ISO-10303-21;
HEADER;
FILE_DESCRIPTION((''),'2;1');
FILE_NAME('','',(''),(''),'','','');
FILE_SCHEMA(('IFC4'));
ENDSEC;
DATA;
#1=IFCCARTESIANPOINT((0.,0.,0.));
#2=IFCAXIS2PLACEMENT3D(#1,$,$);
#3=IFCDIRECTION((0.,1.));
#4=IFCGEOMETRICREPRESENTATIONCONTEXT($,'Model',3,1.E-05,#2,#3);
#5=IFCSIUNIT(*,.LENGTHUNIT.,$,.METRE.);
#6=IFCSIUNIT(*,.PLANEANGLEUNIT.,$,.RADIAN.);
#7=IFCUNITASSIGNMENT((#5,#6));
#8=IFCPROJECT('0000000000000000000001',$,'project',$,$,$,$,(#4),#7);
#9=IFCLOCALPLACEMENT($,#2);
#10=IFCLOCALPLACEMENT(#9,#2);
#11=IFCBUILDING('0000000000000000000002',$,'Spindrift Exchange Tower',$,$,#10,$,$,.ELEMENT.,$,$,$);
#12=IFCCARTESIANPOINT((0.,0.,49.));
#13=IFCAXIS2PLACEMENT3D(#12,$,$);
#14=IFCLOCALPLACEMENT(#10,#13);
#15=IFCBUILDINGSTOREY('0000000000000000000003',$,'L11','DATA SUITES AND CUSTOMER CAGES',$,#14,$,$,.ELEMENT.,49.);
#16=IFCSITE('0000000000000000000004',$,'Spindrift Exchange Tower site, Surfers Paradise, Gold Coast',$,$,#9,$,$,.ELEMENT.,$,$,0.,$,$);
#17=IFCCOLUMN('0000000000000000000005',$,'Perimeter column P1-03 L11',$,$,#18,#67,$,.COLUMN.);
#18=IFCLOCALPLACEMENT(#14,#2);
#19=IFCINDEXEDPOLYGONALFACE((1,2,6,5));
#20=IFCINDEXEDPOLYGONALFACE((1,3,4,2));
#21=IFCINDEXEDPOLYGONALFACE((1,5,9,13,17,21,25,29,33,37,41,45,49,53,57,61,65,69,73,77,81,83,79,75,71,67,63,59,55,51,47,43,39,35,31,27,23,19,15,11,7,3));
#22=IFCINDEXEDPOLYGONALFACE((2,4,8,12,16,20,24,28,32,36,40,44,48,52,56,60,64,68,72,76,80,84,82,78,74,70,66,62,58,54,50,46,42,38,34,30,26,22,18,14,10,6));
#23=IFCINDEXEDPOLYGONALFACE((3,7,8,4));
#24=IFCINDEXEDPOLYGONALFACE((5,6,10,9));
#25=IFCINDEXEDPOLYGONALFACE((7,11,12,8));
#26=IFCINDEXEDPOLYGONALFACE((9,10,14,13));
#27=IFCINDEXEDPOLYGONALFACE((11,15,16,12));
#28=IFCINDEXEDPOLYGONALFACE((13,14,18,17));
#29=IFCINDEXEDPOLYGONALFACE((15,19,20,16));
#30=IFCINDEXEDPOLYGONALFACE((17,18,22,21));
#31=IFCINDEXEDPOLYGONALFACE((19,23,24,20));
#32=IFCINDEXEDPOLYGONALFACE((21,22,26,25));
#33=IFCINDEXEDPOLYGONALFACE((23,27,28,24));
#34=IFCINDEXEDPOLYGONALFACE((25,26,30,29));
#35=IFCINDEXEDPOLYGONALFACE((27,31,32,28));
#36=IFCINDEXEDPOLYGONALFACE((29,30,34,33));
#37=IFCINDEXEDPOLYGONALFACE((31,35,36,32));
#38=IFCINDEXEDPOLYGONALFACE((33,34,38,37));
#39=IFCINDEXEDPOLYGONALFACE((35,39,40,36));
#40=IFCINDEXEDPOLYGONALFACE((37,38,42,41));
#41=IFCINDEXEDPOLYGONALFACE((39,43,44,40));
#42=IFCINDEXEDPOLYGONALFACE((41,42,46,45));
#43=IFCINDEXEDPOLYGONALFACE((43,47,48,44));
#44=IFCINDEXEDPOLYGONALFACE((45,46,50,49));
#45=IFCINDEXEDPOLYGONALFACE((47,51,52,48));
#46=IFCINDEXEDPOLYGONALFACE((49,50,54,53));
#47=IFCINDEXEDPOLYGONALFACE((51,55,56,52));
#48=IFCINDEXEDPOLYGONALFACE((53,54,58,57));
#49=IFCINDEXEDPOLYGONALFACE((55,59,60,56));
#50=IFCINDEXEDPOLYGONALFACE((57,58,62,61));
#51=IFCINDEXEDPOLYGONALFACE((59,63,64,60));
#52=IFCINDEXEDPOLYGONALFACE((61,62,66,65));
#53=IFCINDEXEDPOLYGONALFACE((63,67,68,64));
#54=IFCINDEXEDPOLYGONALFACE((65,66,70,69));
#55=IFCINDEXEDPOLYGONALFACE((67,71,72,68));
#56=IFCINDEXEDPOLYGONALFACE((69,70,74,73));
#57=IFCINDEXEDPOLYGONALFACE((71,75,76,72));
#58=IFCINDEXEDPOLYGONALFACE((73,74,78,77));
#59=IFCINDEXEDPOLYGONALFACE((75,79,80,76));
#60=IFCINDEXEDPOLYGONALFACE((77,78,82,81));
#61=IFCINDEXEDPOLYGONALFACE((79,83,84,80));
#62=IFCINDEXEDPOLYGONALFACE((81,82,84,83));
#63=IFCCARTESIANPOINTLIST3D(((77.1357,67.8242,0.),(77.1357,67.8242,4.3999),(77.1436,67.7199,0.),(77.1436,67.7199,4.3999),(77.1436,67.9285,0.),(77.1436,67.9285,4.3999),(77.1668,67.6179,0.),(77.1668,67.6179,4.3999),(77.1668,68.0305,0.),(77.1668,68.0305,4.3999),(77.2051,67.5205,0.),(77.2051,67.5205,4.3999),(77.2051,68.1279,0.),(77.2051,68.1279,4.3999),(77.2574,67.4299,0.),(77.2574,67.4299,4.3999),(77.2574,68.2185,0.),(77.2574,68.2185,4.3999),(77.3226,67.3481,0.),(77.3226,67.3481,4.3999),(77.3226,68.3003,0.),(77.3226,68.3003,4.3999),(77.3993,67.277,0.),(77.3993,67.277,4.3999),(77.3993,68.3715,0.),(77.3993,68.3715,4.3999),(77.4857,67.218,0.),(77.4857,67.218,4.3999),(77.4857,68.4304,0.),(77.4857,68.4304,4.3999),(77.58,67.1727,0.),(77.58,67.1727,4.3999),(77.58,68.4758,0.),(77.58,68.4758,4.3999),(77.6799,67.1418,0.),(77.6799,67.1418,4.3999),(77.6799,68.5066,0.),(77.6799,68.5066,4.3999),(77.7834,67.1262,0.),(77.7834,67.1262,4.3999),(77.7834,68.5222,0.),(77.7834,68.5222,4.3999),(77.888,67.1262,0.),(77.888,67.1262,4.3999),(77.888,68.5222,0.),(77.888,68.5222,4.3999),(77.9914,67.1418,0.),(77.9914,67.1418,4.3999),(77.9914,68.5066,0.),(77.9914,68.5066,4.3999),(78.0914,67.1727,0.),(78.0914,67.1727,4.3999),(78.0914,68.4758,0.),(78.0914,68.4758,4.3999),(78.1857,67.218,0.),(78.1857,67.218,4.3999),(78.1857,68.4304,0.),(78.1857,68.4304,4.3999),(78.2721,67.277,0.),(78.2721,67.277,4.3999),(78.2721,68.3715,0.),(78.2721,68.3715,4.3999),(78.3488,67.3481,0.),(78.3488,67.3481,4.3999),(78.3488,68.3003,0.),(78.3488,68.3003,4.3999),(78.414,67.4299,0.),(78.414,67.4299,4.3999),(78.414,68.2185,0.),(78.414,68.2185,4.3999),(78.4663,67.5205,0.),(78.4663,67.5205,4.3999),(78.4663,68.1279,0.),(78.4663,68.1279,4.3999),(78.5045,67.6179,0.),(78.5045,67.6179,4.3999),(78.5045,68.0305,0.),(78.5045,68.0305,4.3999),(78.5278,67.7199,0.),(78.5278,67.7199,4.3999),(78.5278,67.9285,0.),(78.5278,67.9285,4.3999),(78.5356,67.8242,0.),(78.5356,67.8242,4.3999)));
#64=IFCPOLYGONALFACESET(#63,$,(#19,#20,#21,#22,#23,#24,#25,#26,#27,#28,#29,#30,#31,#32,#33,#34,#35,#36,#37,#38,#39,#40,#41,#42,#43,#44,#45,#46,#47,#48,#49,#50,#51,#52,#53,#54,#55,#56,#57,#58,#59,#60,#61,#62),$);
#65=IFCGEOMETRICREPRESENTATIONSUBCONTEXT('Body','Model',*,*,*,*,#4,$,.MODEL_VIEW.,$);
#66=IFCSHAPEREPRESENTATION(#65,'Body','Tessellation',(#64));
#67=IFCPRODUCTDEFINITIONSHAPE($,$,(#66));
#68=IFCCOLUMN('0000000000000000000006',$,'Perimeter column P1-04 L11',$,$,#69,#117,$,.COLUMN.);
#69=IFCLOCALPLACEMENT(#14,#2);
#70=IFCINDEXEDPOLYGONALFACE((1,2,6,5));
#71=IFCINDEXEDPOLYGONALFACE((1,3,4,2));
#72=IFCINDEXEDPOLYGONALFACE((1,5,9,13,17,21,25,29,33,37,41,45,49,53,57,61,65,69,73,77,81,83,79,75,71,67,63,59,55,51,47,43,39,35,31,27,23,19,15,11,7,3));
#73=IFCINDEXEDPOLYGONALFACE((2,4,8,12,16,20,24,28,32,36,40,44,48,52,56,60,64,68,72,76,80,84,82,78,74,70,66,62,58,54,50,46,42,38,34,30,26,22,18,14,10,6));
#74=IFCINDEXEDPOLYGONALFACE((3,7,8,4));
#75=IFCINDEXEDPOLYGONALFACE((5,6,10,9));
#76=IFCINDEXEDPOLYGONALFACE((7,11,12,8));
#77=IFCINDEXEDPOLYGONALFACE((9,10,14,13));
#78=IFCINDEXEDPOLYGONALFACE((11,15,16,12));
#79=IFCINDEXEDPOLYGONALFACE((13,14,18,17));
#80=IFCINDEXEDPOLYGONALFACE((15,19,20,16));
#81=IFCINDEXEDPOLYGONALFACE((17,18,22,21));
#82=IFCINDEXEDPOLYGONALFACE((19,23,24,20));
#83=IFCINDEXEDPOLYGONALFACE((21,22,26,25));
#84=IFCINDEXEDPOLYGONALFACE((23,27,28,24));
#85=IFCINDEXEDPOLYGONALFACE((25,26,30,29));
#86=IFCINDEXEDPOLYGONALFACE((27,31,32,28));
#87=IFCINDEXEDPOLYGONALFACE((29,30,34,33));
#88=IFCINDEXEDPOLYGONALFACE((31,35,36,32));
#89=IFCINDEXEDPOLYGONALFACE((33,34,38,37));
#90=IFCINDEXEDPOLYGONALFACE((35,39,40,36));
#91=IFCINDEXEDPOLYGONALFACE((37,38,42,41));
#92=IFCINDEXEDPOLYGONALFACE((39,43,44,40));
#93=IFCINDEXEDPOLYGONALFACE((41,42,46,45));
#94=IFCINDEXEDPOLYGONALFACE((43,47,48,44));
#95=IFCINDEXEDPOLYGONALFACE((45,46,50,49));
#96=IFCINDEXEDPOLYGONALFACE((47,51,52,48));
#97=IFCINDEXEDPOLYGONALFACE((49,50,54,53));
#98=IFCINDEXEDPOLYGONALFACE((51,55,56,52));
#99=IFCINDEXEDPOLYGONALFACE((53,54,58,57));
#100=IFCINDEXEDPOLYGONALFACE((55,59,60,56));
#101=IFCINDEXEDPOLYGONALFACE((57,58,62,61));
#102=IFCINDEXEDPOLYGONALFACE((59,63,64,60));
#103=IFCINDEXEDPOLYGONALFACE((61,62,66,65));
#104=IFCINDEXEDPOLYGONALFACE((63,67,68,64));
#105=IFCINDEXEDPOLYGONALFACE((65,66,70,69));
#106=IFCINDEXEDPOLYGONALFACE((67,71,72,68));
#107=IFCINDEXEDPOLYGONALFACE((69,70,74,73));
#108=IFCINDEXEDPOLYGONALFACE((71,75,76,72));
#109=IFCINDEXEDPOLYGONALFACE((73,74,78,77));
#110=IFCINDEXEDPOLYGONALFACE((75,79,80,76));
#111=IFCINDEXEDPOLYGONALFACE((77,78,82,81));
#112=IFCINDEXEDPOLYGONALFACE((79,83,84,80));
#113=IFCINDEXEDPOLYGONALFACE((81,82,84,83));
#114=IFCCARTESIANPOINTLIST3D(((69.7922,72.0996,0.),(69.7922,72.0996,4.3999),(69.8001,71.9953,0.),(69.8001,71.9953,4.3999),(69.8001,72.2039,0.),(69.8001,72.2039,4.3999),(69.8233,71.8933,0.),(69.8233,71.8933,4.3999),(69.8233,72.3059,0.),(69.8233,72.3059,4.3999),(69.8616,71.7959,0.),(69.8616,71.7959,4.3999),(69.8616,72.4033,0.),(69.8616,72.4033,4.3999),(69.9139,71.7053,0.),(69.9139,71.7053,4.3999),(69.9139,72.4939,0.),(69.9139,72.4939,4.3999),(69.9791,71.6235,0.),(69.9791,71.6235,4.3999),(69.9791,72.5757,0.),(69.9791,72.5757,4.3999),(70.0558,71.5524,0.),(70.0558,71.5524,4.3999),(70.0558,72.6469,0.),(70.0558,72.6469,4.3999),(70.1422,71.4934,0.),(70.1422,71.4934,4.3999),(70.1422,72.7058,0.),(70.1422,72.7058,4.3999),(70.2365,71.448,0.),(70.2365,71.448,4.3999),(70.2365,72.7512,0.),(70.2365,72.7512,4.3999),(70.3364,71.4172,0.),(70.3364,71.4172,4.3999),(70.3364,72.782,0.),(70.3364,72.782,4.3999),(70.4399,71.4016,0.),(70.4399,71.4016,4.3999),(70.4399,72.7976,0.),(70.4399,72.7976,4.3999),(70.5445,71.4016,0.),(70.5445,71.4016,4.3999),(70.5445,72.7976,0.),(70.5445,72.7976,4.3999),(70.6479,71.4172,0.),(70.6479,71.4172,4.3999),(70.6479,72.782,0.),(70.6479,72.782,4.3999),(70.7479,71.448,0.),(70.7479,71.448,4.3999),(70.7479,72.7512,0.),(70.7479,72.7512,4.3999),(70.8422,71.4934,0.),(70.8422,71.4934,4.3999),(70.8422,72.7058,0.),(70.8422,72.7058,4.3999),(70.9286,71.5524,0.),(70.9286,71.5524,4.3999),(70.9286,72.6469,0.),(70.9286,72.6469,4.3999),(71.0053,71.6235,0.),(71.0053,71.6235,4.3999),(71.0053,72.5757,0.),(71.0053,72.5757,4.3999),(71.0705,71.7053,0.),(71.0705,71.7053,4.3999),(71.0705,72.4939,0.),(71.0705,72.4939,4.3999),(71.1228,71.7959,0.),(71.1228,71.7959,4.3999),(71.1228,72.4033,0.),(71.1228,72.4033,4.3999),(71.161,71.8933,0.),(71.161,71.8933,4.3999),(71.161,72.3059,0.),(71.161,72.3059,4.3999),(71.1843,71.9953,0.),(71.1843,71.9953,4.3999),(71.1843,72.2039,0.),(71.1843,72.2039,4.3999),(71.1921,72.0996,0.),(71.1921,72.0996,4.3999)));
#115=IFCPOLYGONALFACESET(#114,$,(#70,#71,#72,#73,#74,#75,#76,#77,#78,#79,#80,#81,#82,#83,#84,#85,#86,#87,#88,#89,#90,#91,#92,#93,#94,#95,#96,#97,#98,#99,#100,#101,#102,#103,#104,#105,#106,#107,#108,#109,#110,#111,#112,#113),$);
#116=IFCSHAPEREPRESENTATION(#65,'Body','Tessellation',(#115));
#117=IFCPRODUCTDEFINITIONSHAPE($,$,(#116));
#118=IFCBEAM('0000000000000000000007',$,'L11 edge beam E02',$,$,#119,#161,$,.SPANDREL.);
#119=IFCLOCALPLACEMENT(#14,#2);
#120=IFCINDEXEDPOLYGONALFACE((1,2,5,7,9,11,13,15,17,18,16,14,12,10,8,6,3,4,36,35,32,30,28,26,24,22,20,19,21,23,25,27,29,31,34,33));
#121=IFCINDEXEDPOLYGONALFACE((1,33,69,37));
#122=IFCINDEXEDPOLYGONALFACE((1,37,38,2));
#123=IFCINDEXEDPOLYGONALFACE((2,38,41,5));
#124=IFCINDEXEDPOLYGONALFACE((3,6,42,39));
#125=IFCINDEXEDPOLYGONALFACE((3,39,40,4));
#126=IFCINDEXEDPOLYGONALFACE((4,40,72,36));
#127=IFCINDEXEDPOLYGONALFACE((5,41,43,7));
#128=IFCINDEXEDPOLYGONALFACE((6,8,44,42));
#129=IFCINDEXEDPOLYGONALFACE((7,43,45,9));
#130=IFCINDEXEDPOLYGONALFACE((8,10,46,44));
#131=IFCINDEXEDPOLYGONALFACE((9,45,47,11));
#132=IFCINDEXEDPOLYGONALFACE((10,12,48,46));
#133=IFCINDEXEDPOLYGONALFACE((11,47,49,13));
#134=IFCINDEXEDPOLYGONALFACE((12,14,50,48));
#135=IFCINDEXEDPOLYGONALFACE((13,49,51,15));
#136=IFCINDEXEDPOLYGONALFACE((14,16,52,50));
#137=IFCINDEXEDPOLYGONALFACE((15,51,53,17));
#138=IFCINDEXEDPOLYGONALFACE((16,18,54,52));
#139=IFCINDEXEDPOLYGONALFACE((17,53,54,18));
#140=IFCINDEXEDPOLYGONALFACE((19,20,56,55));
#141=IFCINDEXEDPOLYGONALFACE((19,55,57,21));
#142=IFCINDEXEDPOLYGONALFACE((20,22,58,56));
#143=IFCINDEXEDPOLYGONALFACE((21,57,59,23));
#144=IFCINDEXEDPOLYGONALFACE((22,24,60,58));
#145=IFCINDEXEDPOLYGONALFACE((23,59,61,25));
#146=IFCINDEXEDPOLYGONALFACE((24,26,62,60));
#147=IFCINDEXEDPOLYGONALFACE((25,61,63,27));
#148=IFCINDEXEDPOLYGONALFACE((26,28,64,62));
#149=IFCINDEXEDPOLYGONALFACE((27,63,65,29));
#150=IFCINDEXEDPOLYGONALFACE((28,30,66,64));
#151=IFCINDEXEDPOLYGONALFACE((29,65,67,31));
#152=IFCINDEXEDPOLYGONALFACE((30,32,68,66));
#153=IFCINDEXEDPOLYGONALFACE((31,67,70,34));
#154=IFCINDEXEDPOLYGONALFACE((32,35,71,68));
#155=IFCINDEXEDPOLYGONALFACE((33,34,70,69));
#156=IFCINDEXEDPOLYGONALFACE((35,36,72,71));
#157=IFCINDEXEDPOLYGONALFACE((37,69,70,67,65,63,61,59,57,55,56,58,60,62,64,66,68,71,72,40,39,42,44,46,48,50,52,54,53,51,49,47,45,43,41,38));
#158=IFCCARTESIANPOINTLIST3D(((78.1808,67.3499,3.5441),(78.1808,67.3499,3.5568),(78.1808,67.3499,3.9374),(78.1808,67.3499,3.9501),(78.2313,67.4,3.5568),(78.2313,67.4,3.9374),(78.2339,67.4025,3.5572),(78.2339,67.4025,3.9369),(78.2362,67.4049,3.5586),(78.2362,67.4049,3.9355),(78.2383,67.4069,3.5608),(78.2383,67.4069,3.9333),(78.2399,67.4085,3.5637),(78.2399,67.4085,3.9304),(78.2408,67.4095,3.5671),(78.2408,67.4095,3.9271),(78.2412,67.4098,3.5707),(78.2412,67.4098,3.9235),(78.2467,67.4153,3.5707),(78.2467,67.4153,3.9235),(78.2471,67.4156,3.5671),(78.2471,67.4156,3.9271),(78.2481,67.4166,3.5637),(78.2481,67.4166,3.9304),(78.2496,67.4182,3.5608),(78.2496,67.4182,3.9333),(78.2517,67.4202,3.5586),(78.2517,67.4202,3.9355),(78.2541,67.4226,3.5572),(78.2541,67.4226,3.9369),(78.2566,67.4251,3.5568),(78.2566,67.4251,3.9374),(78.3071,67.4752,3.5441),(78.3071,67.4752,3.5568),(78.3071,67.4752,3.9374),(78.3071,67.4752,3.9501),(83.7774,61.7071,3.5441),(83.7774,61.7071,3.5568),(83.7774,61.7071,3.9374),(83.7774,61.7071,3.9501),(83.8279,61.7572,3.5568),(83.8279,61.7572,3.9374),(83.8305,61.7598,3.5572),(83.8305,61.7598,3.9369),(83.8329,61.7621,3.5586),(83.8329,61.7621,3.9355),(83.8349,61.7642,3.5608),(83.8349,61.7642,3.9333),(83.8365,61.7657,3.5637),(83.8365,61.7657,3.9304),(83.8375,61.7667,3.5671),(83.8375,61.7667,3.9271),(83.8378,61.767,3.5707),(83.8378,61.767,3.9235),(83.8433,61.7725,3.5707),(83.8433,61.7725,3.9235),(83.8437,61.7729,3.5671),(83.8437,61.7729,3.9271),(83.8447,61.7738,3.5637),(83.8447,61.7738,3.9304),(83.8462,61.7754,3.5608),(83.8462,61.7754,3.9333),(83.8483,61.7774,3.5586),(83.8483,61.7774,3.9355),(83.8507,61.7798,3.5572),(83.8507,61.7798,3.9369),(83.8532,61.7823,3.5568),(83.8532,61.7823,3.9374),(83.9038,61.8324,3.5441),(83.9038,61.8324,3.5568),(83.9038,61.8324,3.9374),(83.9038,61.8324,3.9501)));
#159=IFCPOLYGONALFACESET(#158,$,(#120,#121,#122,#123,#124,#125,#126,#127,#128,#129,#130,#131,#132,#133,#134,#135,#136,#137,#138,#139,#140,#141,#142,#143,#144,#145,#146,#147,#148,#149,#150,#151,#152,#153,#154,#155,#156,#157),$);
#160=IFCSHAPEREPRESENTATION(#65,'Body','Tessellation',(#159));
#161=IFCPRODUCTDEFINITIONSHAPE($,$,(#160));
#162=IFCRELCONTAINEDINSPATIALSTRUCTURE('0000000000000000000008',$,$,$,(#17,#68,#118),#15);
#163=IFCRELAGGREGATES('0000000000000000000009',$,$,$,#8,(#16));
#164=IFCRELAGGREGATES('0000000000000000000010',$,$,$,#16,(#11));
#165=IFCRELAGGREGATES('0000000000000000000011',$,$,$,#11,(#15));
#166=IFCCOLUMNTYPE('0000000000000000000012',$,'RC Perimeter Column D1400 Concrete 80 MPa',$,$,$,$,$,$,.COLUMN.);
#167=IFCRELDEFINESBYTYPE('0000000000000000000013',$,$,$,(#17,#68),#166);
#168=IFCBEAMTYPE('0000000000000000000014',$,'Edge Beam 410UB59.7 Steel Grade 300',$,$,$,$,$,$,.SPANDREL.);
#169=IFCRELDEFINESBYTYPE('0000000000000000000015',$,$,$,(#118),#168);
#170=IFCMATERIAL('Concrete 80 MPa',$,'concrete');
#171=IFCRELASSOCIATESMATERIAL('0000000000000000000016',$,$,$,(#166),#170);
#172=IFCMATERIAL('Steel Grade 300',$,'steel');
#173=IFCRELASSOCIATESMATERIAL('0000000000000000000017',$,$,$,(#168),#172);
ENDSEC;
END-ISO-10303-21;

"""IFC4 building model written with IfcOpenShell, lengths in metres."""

from ifc_helpers import new_model, si_unit, direction, frame, origin, origin_2d, place, context, subcontext, project, spatial, circle, i_section, extrude, source, transform, mapped, material, material_profile, profile_set, type_object, element, save


model = new_model("IFC4")

# Units and contexts
model_context = context("Model", 3, precision=1e-05, world=origin(), true_north=direction((0.0, 1.0)))
body_context = subcontext(model_context, "Body", "Model", "MODEL_VIEW")
ifc_project = project(units=[si_unit("LENGTHUNIT", "METRE"), si_unit("PLANEANGLEUNIT", "RADIAN")], contexts=[model_context])

# Site, building, storey
site_placement = place(None, origin())
site = spatial("IfcSite", under=ifc_project, at=site_placement, Name="Spindrift Exchange Tower site, Surfers Paradise, Gold Coast", CompositionType="ELEMENT", RefElevation=0.0)
building_placement = place(site_placement, origin())
building = spatial("IfcBuilding", under=site, at=building_placement, Name="Spindrift Exchange Tower", CompositionType="ELEMENT")
storey_placement = place(building_placement, frame((0.0, 0.0, 49.0)))
storey = spatial("IfcBuildingStorey", under=building, at=storey_placement, Name="L11", Description="DATA SUITES AND CUSTOMER CAGES", CompositionType="ELEMENT", Elevation=49.0)

# Columns
ifc_material_1 = material(Name="Concrete 80 MPa", Category="concrete")
ifc_material_profile_1 = material_profile(ifc_material_1, circle(Radius=0.7, at=origin_2d()), Name="RC D1400")
ifc_profile_set_1 = profile_set([ifc_material_profile_1], Name="Concrete 80 MPa")
column_type = type_object("IfcColumnType", Name="RC Perimeter Column D1400 Concrete 80 MPa", PredefinedType="COLUMN", material=ifc_profile_set_1)
shared_shape_1 = source(origin(), body_context, "Body", "SweptSolid", [
    extrude(circle(Radius=0.7, at=origin_2d()), origin(), (0.0, 0.0, 1.0), 4.3999),
])
for number, where, z_axis, x_axis, name in (
    (1, (77.8357, 67.8242, 0.0), (0.0, 0.0, 1.0), (1.0, 0.0, 0.0), "Perimeter column P1-03 L11"),
    (2, (70.4922, 72.0996, 0.0), (0.0, 0.0, 1.0), (1.0, 0.0, 0.0), "Perimeter column P1-04 L11"),
):
    element("IfcColumn", number, at=place(storey_placement, frame(where, z_axis=z_axis, x_axis=x_axis)), inside=storey, type_object=column_type, Name=name, PredefinedType="COLUMN", context=body_context, shape_type="MappedRepresentation", body=[
        mapped(shared_shape_1, transform((0.0, 0.0, 0.0), scale=1.0)),
    ])

# Beam
ifc_material_2 = material(Name="Steel Grade 300", Category="steel")
ifc_material_profile_2 = material_profile(ifc_material_2, i_section(OverallWidth=0.178, OverallDepth=0.406, WebThickness=0.0078, FlangeThickness=0.0127, FilletRadius=0.0139, at=origin_2d()), Name="410UB59.7")
ifc_profile_set_2 = profile_set([ifc_material_profile_2], Name="Steel Grade 300")
beam_type_1 = type_object("IfcBeamType", Name="Edge Beam 410UB59.7 Steel Grade 300", PredefinedType="SPANDREL", material=ifc_profile_set_2)
shared_shape_2 = source(origin(), body_context, "Body", "SweptSolid", [
    extrude(i_section(OverallWidth=0.178, OverallDepth=0.406, WebThickness=0.0078, FlangeThickness=0.0127, FilletRadius=0.0139, at=origin_2d()), origin(), (0.0, 0.0, 1.0), 7.9475),
])
beam_1_placement = place(storey_placement, frame((83.8406, 61.7698, 3.7471), z_axis=(-0.704198, 0.710004, 0.0), x_axis=(-0.710004, -0.704198, 0.0)))
element("IfcBeam", 3, at=beam_1_placement, inside=storey, type_object=beam_type_1, Name="L11 edge beam E02", PredefinedType="SPANDREL", context=body_context, shape_type="MappedRepresentation", body=[
    mapped(shared_shape_2, transform((0.0, 0.0, 0.0), scale=1.0)),
])

save(model, "model.ifc")
